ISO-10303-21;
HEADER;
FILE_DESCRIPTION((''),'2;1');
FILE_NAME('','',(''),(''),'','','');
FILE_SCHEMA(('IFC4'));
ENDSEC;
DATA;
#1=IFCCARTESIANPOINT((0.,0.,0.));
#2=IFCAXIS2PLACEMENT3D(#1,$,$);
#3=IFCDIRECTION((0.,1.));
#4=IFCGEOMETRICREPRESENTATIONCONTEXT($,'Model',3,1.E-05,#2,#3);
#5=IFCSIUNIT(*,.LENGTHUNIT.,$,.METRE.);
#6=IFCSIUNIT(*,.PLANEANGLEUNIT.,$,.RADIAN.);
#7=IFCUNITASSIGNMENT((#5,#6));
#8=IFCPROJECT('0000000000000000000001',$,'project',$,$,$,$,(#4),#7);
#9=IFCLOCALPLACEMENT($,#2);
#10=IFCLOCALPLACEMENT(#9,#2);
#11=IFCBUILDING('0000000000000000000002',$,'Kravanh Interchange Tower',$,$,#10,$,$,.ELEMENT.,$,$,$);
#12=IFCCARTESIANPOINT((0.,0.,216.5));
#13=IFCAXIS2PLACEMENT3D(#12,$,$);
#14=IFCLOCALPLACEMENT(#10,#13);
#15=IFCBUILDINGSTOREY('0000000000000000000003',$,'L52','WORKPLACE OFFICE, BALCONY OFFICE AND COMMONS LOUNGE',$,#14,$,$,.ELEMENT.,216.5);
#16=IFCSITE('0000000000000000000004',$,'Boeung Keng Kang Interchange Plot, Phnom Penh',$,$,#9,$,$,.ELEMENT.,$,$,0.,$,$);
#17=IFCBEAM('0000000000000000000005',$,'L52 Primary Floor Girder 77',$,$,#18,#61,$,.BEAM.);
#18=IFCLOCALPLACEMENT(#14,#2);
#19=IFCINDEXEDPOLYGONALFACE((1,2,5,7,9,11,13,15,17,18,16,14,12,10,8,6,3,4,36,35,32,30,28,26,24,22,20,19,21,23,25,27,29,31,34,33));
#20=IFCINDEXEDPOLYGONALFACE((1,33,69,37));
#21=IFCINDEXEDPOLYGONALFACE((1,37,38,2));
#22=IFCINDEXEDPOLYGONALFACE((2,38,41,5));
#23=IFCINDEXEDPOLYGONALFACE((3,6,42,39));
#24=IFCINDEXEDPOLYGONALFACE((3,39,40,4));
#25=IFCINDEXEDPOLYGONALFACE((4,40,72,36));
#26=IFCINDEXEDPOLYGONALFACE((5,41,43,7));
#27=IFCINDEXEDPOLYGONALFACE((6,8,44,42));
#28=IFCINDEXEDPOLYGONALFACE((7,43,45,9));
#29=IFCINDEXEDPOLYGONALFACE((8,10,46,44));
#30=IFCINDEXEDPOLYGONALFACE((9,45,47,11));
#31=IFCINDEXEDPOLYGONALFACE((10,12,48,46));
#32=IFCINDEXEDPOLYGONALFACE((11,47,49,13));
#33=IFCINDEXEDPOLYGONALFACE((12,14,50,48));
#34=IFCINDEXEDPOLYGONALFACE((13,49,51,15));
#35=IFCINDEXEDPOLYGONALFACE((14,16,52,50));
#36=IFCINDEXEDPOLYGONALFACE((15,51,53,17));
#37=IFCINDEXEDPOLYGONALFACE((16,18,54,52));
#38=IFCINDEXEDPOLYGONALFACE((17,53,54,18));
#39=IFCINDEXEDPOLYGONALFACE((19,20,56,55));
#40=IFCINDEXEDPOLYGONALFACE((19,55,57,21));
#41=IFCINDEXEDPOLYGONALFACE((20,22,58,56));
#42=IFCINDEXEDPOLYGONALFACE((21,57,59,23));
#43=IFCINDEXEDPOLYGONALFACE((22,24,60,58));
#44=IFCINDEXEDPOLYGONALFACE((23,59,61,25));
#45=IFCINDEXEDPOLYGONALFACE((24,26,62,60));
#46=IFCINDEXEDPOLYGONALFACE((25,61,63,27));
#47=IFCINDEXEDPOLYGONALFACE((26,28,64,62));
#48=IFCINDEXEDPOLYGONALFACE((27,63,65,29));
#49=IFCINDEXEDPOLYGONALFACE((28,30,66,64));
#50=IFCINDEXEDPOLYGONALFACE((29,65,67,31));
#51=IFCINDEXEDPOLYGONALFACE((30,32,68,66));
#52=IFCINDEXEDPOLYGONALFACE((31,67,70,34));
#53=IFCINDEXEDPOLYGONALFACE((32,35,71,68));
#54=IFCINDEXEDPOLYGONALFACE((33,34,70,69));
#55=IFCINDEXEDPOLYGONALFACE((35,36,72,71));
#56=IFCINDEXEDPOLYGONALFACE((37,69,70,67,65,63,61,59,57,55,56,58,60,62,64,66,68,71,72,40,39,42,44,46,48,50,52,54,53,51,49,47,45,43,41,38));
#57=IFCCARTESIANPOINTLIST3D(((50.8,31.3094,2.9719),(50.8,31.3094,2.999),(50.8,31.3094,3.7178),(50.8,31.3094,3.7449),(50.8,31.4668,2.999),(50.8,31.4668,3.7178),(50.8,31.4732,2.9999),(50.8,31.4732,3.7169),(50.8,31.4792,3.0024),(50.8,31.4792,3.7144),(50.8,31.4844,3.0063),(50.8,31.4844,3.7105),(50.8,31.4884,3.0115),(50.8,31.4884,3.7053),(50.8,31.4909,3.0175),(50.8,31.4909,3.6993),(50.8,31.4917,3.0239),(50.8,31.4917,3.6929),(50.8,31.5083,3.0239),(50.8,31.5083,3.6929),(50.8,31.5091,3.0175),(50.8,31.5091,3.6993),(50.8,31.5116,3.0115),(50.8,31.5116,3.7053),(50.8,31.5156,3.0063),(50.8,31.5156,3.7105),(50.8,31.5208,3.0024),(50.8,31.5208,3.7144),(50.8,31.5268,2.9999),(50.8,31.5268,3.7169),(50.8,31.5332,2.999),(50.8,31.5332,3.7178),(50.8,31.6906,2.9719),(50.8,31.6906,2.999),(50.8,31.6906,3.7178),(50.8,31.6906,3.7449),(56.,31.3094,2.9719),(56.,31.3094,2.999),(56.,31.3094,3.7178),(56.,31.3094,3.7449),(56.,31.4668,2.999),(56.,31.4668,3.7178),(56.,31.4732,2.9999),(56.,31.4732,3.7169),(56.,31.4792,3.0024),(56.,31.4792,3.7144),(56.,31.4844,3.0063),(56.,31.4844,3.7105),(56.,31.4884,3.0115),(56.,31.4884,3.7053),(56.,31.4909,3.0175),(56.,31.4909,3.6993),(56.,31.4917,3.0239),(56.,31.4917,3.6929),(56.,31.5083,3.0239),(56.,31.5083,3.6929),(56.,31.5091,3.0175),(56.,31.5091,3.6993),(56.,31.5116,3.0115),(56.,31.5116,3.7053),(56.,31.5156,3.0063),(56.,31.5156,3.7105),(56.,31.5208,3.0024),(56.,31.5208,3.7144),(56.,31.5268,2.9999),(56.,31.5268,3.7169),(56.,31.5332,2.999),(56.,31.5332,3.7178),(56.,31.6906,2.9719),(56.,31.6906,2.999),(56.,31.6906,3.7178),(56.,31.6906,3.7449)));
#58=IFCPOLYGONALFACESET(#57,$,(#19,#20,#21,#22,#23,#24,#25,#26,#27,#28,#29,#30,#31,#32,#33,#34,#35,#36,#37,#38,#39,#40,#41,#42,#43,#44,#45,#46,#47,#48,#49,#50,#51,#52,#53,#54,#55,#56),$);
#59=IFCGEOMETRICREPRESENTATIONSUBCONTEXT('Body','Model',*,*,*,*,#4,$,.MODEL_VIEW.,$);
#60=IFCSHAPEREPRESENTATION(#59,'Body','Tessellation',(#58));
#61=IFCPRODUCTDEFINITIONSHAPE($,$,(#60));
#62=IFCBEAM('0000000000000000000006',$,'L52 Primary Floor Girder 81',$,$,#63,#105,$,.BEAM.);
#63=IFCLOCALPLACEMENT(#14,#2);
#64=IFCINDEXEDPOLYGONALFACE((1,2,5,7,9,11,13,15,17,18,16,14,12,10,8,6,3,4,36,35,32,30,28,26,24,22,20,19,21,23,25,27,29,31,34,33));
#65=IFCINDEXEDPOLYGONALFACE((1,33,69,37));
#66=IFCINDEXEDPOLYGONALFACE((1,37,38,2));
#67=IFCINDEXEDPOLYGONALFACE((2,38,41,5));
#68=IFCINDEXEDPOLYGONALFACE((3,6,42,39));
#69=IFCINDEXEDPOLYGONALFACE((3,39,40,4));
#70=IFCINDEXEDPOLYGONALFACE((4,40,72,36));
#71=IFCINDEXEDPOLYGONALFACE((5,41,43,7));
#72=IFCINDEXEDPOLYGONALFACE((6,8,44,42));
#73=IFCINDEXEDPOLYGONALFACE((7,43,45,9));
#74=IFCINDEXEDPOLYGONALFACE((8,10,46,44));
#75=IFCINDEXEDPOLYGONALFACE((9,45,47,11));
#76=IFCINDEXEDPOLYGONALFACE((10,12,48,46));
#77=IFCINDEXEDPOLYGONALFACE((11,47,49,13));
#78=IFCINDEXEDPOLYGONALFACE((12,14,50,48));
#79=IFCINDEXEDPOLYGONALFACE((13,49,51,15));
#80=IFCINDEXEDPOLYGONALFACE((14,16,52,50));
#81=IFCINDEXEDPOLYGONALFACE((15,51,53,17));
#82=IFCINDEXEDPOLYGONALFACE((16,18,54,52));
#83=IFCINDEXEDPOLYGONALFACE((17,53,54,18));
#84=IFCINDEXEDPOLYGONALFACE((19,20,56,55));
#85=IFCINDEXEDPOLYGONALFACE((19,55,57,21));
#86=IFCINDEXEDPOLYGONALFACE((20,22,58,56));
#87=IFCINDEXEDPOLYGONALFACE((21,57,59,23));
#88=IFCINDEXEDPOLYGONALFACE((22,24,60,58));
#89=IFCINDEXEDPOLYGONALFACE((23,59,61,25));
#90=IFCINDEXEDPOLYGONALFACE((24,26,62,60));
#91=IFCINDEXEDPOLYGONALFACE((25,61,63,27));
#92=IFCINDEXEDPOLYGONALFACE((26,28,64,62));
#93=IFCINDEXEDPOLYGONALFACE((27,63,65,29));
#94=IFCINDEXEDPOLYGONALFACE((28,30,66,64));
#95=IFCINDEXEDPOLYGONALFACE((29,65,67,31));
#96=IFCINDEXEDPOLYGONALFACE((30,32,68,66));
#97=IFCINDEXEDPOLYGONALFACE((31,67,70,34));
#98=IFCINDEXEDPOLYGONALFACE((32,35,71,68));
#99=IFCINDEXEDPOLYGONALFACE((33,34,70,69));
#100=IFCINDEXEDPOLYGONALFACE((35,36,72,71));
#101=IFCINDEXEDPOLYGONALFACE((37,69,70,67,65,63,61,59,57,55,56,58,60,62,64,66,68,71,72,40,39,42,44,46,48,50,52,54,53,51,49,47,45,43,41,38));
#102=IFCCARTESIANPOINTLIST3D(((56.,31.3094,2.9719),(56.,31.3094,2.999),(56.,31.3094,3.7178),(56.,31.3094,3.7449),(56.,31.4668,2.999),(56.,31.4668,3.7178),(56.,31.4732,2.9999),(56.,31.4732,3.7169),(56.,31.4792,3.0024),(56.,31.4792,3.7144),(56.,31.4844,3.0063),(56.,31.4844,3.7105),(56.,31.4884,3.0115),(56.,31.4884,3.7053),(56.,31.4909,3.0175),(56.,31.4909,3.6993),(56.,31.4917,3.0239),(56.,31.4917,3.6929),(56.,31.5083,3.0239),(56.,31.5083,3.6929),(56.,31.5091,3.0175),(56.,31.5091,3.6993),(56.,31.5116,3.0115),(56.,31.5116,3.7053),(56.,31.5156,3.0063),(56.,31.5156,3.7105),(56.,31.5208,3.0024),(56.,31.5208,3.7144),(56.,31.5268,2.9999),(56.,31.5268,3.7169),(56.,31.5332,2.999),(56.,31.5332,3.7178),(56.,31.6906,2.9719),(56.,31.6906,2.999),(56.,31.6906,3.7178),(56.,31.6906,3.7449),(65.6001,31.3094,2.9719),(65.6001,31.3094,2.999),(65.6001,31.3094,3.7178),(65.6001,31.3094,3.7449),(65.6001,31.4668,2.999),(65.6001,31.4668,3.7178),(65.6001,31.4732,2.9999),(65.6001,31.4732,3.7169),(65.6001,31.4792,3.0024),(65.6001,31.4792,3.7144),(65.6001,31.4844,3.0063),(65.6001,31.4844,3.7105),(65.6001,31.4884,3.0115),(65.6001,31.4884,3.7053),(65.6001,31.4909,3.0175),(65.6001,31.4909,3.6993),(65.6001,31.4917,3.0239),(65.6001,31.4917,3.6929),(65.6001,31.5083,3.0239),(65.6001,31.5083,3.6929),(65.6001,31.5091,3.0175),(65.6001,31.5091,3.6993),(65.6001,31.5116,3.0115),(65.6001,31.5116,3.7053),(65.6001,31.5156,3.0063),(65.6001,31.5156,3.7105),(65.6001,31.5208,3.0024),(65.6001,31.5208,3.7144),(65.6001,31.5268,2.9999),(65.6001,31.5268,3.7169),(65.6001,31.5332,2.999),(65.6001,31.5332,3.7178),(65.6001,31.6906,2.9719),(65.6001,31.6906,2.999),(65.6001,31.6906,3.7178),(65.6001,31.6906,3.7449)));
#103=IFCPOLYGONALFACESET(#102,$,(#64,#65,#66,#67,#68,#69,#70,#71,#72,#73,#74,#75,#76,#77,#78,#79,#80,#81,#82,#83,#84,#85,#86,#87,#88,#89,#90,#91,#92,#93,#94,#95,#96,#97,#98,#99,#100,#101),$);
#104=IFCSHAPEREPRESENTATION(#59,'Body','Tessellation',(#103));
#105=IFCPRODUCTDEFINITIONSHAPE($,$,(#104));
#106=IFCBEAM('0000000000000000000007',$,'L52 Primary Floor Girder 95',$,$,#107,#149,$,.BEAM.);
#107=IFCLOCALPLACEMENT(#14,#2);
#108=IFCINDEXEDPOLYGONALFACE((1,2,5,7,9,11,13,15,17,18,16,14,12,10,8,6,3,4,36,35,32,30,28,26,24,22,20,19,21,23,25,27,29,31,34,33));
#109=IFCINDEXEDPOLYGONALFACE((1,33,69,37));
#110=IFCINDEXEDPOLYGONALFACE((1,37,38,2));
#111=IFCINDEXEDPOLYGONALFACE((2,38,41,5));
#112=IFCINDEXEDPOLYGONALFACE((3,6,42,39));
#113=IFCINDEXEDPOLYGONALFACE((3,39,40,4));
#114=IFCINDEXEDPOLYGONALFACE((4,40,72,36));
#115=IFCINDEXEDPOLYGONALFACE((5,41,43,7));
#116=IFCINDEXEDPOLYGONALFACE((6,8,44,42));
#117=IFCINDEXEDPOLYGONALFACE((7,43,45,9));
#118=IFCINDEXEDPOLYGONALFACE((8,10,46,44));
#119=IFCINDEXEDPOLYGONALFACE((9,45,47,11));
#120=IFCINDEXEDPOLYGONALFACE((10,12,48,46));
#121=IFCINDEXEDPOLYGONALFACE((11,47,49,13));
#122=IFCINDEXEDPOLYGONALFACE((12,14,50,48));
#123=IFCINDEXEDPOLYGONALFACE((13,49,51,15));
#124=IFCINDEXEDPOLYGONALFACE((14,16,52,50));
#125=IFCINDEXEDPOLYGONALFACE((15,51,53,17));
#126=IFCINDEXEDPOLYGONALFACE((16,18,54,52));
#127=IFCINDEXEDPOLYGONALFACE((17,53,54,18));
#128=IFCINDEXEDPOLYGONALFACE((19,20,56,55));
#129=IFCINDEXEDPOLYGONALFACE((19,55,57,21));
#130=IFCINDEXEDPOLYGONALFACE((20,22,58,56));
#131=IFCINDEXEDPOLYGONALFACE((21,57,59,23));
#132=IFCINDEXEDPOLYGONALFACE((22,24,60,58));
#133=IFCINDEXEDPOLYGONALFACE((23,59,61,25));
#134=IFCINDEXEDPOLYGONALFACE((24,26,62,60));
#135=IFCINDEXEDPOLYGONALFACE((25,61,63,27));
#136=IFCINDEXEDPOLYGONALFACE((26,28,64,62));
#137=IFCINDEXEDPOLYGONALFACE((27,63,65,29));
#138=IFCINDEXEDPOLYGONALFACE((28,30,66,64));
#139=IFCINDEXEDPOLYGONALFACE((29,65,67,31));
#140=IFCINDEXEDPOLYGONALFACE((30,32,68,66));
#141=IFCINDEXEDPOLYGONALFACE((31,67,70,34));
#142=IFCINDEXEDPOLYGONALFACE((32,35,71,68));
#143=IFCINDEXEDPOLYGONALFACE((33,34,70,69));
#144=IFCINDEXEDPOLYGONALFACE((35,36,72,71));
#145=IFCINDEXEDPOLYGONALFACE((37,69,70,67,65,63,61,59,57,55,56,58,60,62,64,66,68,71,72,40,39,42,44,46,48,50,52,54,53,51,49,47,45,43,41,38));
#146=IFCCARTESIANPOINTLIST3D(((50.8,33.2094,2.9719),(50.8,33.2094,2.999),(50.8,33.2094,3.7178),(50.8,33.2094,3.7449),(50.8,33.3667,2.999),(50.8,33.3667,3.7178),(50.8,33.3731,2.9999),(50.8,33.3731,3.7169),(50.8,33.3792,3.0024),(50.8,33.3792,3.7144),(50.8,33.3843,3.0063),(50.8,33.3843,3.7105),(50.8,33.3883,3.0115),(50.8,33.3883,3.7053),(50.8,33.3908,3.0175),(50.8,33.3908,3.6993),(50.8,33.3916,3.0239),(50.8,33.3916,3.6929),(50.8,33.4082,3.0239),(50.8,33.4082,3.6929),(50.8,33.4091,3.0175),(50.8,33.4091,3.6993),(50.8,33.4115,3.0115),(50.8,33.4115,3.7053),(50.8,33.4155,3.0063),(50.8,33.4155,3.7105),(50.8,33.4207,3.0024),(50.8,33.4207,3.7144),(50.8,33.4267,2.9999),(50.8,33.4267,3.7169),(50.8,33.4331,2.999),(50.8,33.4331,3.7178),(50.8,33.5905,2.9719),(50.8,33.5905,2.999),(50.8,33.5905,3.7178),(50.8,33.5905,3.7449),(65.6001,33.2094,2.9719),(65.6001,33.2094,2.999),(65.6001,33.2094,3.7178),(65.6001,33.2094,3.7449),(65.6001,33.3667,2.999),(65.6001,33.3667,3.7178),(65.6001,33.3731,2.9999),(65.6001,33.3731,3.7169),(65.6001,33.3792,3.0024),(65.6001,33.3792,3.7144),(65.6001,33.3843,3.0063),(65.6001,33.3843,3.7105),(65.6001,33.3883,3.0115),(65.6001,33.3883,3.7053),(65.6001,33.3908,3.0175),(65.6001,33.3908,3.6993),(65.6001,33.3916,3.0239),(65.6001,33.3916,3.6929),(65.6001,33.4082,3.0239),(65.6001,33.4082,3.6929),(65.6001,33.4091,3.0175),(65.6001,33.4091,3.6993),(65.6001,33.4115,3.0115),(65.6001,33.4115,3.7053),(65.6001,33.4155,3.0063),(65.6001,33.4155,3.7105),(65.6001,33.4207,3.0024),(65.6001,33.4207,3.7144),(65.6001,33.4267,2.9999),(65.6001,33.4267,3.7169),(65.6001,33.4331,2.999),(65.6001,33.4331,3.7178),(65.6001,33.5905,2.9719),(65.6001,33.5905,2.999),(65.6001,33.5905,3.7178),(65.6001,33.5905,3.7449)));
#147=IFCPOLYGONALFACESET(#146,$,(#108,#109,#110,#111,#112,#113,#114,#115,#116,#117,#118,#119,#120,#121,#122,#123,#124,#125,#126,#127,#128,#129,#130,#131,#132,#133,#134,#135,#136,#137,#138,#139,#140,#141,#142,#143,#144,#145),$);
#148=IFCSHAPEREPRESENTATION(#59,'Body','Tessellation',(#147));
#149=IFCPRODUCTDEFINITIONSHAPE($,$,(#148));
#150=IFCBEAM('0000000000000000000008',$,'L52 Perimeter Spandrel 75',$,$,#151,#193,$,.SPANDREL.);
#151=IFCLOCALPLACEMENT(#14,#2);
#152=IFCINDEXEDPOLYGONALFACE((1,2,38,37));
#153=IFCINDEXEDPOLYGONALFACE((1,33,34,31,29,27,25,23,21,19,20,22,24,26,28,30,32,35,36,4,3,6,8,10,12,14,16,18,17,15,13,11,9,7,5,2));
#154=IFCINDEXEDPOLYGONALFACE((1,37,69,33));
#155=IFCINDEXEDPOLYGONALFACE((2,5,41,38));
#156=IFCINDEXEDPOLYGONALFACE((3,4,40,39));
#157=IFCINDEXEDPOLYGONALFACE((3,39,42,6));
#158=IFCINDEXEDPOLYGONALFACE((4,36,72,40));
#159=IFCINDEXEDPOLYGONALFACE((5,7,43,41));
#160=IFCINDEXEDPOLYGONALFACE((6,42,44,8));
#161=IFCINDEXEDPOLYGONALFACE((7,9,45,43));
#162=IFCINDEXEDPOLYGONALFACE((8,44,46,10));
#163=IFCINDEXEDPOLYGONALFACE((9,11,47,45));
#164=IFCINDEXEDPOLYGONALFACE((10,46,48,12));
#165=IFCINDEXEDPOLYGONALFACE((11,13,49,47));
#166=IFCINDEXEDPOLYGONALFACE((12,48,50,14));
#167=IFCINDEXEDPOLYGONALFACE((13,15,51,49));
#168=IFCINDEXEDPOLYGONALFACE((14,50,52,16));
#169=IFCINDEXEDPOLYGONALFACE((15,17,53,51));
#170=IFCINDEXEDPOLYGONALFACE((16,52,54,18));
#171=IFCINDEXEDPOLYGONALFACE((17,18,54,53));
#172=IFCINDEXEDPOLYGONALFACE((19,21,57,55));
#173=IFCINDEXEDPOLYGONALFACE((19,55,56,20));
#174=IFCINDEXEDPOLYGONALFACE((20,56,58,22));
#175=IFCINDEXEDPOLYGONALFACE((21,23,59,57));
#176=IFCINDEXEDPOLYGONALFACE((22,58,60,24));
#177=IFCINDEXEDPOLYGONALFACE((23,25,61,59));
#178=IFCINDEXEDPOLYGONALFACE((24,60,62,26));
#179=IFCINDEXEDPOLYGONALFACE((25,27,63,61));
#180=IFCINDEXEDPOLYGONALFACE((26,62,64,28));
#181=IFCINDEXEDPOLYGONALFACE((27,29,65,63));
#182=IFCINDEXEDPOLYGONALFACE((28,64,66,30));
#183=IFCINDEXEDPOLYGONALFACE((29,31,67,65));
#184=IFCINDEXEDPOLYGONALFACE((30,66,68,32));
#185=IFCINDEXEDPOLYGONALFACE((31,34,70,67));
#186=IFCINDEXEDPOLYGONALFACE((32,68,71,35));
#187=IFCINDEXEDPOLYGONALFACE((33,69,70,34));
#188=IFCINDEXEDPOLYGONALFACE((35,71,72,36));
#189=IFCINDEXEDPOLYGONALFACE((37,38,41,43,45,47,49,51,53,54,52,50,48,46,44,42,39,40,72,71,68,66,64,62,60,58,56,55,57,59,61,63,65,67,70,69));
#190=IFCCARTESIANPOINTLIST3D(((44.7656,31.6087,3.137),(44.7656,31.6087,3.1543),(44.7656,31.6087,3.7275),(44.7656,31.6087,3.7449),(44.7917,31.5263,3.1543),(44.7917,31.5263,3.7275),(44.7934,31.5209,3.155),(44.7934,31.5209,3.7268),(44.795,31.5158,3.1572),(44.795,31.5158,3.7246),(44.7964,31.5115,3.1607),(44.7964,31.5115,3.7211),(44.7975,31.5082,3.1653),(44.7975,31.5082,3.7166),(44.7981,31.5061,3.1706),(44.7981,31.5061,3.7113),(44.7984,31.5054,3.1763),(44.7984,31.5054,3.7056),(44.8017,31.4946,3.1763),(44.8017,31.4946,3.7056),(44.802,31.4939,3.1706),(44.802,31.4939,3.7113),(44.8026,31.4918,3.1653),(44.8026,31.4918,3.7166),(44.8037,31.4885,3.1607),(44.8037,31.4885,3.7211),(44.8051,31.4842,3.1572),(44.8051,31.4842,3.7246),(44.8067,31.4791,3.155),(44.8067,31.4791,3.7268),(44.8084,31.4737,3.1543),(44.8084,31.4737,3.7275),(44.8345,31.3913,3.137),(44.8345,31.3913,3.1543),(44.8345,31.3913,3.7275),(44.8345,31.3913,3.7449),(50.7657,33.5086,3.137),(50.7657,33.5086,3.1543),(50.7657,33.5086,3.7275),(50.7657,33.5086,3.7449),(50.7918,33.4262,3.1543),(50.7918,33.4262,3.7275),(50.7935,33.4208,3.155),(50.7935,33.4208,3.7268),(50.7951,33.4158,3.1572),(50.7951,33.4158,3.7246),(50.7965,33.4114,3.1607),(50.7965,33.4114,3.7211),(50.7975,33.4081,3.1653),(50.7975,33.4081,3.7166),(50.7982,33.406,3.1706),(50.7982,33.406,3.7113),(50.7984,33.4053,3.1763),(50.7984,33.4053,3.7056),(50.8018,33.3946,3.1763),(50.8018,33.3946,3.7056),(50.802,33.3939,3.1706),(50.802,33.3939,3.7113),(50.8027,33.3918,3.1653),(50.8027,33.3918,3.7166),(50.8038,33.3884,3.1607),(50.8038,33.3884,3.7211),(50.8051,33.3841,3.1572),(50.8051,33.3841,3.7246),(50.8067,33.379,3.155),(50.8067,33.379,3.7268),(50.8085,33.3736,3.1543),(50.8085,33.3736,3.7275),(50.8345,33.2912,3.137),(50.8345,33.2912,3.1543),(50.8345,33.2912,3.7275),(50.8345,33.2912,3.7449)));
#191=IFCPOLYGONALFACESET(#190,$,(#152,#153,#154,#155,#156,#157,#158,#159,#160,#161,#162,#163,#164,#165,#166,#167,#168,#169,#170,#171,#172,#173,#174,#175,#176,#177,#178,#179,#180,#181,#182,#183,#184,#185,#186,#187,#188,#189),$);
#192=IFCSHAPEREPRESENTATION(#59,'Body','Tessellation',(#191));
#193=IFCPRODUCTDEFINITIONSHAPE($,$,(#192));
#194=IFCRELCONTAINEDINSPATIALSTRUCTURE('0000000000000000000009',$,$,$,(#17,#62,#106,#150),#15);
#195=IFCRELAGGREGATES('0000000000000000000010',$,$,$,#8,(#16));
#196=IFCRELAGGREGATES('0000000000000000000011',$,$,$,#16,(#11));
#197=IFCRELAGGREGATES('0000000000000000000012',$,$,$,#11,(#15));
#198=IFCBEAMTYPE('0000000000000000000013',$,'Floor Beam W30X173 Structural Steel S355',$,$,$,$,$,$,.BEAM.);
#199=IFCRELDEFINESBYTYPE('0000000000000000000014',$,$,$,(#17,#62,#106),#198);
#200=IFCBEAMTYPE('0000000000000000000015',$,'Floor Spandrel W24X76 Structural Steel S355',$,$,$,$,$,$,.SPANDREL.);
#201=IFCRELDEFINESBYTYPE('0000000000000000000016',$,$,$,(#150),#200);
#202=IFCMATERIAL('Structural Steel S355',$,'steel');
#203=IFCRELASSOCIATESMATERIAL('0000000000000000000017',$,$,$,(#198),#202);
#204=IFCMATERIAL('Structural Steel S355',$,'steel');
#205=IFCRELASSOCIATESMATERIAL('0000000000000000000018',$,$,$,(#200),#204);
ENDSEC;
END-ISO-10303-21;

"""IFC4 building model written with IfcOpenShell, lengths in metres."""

from ifc_helpers import new_model, si_unit, direction, frame, origin, origin_2d, place, context, subcontext, project, spatial, i_section, extrude, material, material_profile, profile_set, type_object, element, save


model = new_model("IFC4")

# Units and contexts
model_context = context("Model", 3, precision=1e-05, world=origin(), true_north=direction((0.0, 1.0)))
body_context = subcontext(model_context, "Body", "Model", "MODEL_VIEW")
ifc_project = project(units=[si_unit("LENGTHUNIT", "METRE"), si_unit("PLANEANGLEUNIT", "RADIAN")], contexts=[model_context])

# Site, building, storey
site_placement = place(None, origin())
site = spatial("IfcSite", under=ifc_project, at=site_placement, Name="Boeung Keng Kang Interchange Plot, Phnom Penh", CompositionType="ELEMENT", RefElevation=0.0)
building_placement = place(site_placement, origin())
building = spatial("IfcBuilding", under=site, at=building_placement, Name="Kravanh Interchange Tower", CompositionType="ELEMENT")
storey_placement = place(building_placement, frame((0.0, 0.0, 216.5)))
storey = spatial("IfcBuildingStorey", under=building, at=storey_placement, Name="L52", Description="WORKPLACE OFFICE, BALCONY OFFICE AND COMMONS LOUNGE", CompositionType="ELEMENT", Elevation=216.5)

# Beams
ifc_material_1 = material(Name="Structural Steel S355", Category="steel")
ifc_material_profile_1 = material_profile(ifc_material_1, i_section(OverallWidth=0.3811, OverallDepth=0.7729, WebThickness=0.0166, FlangeThickness=0.0271, FilletRadius=0.0249, at=origin_2d()), Name="W30X173")
ifc_profile_set_1 = profile_set([ifc_material_profile_1], Name="Structural Steel S355")
beam_type_1 = type_object("IfcBeamType", Name="Floor Beam W30X173 Structural Steel S355", PredefinedType="BEAM", material=ifc_profile_set_1)
beam_1_placement = place(storey_placement, frame((50.8, 31.5, 3.3584), z_axis=(1.0, 0.0, 0.0), x_axis=(0.0, 1.0, 0.0)))
element("IfcBeam", 1, at=beam_1_placement, inside=storey, type_object=beam_type_1, Name="L52 Primary Floor Girder 77", PredefinedType="BEAM", context=body_context, shape_type="SweptSolid", body=[
    extrude(i_section(OverallWidth=0.3811, OverallDepth=0.7729, WebThickness=0.0166, FlangeThickness=0.0271, FilletRadius=0.0249, at=origin_2d()), origin(), (0.0, 0.0, 1.0), 5.2),
])
beam_2_placement = place(storey_placement, frame((56.0, 31.5, 3.3584), z_axis=(1.0, 0.0, 0.0), x_axis=(0.0, 1.0, 0.0)))
element("IfcBeam", 2, at=beam_2_placement, inside=storey, type_object=beam_type_1, Name="L52 Primary Floor Girder 81", PredefinedType="BEAM", context=body_context, shape_type="SweptSolid", body=[
    extrude(i_section(OverallWidth=0.3811, OverallDepth=0.7729, WebThickness=0.0166, FlangeThickness=0.0271, FilletRadius=0.0249, at=origin_2d()), origin(), (0.0, 0.0, 1.0), 9.6001),
])
beam_3_placement = place(storey_placement, frame((50.8, 33.3999, 3.3584), z_axis=(1.0, 0.0, 0.0), x_axis=(0.0, 1.0, 0.0)))
element("IfcBeam", 3, at=beam_3_placement, inside=storey, type_object=beam_type_1, Name="L52 Primary Floor Girder 95", PredefinedType="BEAM", context=body_context, shape_type="SweptSolid", body=[
    extrude(i_section(OverallWidth=0.3811, OverallDepth=0.7729, WebThickness=0.0166, FlangeThickness=0.0271, FilletRadius=0.0249, at=origin_2d()), origin(), (0.0, 0.0, 1.0), 14.8),
])
ifc_material_2 = material(Name="Structural Steel S355", Category="steel")
ifc_material_profile_2 = material_profile(ifc_material_2, i_section(OverallWidth=0.228, OverallDepth=0.6079, WebThickness=0.0112, FlangeThickness=0.0173, FilletRadius=0.022, at=origin_2d()), Name="W24X76")
ifc_profile_set_2 = profile_set([ifc_material_profile_2], Name="Structural Steel S355")
beam_type_2 = type_object("IfcBeamType", Name="Floor Spandrel W24X76 Structural Steel S355", PredefinedType="SPANDREL", material=ifc_profile_set_2)
beam_4_placement = place(storey_placement, frame((44.8, 31.5, 3.4409), z_axis=(0.953347, 0.301878, 0.0), x_axis=(-0.301878, 0.953347, 0.0)))
element("IfcBeam", 4, at=beam_4_placement, inside=storey, type_object=beam_type_2, Name="L52 Perimeter Spandrel 75", PredefinedType="SPANDREL", context=body_context, shape_type="SweptSolid", body=[
    extrude(i_section(OverallWidth=0.228, OverallDepth=0.6079, WebThickness=0.0112, FlangeThickness=0.0173, FilletRadius=0.022, at=origin_2d()), origin(), (0.0, 0.0, 1.0), 6.2937),
])

save(model, "model.ifc")
